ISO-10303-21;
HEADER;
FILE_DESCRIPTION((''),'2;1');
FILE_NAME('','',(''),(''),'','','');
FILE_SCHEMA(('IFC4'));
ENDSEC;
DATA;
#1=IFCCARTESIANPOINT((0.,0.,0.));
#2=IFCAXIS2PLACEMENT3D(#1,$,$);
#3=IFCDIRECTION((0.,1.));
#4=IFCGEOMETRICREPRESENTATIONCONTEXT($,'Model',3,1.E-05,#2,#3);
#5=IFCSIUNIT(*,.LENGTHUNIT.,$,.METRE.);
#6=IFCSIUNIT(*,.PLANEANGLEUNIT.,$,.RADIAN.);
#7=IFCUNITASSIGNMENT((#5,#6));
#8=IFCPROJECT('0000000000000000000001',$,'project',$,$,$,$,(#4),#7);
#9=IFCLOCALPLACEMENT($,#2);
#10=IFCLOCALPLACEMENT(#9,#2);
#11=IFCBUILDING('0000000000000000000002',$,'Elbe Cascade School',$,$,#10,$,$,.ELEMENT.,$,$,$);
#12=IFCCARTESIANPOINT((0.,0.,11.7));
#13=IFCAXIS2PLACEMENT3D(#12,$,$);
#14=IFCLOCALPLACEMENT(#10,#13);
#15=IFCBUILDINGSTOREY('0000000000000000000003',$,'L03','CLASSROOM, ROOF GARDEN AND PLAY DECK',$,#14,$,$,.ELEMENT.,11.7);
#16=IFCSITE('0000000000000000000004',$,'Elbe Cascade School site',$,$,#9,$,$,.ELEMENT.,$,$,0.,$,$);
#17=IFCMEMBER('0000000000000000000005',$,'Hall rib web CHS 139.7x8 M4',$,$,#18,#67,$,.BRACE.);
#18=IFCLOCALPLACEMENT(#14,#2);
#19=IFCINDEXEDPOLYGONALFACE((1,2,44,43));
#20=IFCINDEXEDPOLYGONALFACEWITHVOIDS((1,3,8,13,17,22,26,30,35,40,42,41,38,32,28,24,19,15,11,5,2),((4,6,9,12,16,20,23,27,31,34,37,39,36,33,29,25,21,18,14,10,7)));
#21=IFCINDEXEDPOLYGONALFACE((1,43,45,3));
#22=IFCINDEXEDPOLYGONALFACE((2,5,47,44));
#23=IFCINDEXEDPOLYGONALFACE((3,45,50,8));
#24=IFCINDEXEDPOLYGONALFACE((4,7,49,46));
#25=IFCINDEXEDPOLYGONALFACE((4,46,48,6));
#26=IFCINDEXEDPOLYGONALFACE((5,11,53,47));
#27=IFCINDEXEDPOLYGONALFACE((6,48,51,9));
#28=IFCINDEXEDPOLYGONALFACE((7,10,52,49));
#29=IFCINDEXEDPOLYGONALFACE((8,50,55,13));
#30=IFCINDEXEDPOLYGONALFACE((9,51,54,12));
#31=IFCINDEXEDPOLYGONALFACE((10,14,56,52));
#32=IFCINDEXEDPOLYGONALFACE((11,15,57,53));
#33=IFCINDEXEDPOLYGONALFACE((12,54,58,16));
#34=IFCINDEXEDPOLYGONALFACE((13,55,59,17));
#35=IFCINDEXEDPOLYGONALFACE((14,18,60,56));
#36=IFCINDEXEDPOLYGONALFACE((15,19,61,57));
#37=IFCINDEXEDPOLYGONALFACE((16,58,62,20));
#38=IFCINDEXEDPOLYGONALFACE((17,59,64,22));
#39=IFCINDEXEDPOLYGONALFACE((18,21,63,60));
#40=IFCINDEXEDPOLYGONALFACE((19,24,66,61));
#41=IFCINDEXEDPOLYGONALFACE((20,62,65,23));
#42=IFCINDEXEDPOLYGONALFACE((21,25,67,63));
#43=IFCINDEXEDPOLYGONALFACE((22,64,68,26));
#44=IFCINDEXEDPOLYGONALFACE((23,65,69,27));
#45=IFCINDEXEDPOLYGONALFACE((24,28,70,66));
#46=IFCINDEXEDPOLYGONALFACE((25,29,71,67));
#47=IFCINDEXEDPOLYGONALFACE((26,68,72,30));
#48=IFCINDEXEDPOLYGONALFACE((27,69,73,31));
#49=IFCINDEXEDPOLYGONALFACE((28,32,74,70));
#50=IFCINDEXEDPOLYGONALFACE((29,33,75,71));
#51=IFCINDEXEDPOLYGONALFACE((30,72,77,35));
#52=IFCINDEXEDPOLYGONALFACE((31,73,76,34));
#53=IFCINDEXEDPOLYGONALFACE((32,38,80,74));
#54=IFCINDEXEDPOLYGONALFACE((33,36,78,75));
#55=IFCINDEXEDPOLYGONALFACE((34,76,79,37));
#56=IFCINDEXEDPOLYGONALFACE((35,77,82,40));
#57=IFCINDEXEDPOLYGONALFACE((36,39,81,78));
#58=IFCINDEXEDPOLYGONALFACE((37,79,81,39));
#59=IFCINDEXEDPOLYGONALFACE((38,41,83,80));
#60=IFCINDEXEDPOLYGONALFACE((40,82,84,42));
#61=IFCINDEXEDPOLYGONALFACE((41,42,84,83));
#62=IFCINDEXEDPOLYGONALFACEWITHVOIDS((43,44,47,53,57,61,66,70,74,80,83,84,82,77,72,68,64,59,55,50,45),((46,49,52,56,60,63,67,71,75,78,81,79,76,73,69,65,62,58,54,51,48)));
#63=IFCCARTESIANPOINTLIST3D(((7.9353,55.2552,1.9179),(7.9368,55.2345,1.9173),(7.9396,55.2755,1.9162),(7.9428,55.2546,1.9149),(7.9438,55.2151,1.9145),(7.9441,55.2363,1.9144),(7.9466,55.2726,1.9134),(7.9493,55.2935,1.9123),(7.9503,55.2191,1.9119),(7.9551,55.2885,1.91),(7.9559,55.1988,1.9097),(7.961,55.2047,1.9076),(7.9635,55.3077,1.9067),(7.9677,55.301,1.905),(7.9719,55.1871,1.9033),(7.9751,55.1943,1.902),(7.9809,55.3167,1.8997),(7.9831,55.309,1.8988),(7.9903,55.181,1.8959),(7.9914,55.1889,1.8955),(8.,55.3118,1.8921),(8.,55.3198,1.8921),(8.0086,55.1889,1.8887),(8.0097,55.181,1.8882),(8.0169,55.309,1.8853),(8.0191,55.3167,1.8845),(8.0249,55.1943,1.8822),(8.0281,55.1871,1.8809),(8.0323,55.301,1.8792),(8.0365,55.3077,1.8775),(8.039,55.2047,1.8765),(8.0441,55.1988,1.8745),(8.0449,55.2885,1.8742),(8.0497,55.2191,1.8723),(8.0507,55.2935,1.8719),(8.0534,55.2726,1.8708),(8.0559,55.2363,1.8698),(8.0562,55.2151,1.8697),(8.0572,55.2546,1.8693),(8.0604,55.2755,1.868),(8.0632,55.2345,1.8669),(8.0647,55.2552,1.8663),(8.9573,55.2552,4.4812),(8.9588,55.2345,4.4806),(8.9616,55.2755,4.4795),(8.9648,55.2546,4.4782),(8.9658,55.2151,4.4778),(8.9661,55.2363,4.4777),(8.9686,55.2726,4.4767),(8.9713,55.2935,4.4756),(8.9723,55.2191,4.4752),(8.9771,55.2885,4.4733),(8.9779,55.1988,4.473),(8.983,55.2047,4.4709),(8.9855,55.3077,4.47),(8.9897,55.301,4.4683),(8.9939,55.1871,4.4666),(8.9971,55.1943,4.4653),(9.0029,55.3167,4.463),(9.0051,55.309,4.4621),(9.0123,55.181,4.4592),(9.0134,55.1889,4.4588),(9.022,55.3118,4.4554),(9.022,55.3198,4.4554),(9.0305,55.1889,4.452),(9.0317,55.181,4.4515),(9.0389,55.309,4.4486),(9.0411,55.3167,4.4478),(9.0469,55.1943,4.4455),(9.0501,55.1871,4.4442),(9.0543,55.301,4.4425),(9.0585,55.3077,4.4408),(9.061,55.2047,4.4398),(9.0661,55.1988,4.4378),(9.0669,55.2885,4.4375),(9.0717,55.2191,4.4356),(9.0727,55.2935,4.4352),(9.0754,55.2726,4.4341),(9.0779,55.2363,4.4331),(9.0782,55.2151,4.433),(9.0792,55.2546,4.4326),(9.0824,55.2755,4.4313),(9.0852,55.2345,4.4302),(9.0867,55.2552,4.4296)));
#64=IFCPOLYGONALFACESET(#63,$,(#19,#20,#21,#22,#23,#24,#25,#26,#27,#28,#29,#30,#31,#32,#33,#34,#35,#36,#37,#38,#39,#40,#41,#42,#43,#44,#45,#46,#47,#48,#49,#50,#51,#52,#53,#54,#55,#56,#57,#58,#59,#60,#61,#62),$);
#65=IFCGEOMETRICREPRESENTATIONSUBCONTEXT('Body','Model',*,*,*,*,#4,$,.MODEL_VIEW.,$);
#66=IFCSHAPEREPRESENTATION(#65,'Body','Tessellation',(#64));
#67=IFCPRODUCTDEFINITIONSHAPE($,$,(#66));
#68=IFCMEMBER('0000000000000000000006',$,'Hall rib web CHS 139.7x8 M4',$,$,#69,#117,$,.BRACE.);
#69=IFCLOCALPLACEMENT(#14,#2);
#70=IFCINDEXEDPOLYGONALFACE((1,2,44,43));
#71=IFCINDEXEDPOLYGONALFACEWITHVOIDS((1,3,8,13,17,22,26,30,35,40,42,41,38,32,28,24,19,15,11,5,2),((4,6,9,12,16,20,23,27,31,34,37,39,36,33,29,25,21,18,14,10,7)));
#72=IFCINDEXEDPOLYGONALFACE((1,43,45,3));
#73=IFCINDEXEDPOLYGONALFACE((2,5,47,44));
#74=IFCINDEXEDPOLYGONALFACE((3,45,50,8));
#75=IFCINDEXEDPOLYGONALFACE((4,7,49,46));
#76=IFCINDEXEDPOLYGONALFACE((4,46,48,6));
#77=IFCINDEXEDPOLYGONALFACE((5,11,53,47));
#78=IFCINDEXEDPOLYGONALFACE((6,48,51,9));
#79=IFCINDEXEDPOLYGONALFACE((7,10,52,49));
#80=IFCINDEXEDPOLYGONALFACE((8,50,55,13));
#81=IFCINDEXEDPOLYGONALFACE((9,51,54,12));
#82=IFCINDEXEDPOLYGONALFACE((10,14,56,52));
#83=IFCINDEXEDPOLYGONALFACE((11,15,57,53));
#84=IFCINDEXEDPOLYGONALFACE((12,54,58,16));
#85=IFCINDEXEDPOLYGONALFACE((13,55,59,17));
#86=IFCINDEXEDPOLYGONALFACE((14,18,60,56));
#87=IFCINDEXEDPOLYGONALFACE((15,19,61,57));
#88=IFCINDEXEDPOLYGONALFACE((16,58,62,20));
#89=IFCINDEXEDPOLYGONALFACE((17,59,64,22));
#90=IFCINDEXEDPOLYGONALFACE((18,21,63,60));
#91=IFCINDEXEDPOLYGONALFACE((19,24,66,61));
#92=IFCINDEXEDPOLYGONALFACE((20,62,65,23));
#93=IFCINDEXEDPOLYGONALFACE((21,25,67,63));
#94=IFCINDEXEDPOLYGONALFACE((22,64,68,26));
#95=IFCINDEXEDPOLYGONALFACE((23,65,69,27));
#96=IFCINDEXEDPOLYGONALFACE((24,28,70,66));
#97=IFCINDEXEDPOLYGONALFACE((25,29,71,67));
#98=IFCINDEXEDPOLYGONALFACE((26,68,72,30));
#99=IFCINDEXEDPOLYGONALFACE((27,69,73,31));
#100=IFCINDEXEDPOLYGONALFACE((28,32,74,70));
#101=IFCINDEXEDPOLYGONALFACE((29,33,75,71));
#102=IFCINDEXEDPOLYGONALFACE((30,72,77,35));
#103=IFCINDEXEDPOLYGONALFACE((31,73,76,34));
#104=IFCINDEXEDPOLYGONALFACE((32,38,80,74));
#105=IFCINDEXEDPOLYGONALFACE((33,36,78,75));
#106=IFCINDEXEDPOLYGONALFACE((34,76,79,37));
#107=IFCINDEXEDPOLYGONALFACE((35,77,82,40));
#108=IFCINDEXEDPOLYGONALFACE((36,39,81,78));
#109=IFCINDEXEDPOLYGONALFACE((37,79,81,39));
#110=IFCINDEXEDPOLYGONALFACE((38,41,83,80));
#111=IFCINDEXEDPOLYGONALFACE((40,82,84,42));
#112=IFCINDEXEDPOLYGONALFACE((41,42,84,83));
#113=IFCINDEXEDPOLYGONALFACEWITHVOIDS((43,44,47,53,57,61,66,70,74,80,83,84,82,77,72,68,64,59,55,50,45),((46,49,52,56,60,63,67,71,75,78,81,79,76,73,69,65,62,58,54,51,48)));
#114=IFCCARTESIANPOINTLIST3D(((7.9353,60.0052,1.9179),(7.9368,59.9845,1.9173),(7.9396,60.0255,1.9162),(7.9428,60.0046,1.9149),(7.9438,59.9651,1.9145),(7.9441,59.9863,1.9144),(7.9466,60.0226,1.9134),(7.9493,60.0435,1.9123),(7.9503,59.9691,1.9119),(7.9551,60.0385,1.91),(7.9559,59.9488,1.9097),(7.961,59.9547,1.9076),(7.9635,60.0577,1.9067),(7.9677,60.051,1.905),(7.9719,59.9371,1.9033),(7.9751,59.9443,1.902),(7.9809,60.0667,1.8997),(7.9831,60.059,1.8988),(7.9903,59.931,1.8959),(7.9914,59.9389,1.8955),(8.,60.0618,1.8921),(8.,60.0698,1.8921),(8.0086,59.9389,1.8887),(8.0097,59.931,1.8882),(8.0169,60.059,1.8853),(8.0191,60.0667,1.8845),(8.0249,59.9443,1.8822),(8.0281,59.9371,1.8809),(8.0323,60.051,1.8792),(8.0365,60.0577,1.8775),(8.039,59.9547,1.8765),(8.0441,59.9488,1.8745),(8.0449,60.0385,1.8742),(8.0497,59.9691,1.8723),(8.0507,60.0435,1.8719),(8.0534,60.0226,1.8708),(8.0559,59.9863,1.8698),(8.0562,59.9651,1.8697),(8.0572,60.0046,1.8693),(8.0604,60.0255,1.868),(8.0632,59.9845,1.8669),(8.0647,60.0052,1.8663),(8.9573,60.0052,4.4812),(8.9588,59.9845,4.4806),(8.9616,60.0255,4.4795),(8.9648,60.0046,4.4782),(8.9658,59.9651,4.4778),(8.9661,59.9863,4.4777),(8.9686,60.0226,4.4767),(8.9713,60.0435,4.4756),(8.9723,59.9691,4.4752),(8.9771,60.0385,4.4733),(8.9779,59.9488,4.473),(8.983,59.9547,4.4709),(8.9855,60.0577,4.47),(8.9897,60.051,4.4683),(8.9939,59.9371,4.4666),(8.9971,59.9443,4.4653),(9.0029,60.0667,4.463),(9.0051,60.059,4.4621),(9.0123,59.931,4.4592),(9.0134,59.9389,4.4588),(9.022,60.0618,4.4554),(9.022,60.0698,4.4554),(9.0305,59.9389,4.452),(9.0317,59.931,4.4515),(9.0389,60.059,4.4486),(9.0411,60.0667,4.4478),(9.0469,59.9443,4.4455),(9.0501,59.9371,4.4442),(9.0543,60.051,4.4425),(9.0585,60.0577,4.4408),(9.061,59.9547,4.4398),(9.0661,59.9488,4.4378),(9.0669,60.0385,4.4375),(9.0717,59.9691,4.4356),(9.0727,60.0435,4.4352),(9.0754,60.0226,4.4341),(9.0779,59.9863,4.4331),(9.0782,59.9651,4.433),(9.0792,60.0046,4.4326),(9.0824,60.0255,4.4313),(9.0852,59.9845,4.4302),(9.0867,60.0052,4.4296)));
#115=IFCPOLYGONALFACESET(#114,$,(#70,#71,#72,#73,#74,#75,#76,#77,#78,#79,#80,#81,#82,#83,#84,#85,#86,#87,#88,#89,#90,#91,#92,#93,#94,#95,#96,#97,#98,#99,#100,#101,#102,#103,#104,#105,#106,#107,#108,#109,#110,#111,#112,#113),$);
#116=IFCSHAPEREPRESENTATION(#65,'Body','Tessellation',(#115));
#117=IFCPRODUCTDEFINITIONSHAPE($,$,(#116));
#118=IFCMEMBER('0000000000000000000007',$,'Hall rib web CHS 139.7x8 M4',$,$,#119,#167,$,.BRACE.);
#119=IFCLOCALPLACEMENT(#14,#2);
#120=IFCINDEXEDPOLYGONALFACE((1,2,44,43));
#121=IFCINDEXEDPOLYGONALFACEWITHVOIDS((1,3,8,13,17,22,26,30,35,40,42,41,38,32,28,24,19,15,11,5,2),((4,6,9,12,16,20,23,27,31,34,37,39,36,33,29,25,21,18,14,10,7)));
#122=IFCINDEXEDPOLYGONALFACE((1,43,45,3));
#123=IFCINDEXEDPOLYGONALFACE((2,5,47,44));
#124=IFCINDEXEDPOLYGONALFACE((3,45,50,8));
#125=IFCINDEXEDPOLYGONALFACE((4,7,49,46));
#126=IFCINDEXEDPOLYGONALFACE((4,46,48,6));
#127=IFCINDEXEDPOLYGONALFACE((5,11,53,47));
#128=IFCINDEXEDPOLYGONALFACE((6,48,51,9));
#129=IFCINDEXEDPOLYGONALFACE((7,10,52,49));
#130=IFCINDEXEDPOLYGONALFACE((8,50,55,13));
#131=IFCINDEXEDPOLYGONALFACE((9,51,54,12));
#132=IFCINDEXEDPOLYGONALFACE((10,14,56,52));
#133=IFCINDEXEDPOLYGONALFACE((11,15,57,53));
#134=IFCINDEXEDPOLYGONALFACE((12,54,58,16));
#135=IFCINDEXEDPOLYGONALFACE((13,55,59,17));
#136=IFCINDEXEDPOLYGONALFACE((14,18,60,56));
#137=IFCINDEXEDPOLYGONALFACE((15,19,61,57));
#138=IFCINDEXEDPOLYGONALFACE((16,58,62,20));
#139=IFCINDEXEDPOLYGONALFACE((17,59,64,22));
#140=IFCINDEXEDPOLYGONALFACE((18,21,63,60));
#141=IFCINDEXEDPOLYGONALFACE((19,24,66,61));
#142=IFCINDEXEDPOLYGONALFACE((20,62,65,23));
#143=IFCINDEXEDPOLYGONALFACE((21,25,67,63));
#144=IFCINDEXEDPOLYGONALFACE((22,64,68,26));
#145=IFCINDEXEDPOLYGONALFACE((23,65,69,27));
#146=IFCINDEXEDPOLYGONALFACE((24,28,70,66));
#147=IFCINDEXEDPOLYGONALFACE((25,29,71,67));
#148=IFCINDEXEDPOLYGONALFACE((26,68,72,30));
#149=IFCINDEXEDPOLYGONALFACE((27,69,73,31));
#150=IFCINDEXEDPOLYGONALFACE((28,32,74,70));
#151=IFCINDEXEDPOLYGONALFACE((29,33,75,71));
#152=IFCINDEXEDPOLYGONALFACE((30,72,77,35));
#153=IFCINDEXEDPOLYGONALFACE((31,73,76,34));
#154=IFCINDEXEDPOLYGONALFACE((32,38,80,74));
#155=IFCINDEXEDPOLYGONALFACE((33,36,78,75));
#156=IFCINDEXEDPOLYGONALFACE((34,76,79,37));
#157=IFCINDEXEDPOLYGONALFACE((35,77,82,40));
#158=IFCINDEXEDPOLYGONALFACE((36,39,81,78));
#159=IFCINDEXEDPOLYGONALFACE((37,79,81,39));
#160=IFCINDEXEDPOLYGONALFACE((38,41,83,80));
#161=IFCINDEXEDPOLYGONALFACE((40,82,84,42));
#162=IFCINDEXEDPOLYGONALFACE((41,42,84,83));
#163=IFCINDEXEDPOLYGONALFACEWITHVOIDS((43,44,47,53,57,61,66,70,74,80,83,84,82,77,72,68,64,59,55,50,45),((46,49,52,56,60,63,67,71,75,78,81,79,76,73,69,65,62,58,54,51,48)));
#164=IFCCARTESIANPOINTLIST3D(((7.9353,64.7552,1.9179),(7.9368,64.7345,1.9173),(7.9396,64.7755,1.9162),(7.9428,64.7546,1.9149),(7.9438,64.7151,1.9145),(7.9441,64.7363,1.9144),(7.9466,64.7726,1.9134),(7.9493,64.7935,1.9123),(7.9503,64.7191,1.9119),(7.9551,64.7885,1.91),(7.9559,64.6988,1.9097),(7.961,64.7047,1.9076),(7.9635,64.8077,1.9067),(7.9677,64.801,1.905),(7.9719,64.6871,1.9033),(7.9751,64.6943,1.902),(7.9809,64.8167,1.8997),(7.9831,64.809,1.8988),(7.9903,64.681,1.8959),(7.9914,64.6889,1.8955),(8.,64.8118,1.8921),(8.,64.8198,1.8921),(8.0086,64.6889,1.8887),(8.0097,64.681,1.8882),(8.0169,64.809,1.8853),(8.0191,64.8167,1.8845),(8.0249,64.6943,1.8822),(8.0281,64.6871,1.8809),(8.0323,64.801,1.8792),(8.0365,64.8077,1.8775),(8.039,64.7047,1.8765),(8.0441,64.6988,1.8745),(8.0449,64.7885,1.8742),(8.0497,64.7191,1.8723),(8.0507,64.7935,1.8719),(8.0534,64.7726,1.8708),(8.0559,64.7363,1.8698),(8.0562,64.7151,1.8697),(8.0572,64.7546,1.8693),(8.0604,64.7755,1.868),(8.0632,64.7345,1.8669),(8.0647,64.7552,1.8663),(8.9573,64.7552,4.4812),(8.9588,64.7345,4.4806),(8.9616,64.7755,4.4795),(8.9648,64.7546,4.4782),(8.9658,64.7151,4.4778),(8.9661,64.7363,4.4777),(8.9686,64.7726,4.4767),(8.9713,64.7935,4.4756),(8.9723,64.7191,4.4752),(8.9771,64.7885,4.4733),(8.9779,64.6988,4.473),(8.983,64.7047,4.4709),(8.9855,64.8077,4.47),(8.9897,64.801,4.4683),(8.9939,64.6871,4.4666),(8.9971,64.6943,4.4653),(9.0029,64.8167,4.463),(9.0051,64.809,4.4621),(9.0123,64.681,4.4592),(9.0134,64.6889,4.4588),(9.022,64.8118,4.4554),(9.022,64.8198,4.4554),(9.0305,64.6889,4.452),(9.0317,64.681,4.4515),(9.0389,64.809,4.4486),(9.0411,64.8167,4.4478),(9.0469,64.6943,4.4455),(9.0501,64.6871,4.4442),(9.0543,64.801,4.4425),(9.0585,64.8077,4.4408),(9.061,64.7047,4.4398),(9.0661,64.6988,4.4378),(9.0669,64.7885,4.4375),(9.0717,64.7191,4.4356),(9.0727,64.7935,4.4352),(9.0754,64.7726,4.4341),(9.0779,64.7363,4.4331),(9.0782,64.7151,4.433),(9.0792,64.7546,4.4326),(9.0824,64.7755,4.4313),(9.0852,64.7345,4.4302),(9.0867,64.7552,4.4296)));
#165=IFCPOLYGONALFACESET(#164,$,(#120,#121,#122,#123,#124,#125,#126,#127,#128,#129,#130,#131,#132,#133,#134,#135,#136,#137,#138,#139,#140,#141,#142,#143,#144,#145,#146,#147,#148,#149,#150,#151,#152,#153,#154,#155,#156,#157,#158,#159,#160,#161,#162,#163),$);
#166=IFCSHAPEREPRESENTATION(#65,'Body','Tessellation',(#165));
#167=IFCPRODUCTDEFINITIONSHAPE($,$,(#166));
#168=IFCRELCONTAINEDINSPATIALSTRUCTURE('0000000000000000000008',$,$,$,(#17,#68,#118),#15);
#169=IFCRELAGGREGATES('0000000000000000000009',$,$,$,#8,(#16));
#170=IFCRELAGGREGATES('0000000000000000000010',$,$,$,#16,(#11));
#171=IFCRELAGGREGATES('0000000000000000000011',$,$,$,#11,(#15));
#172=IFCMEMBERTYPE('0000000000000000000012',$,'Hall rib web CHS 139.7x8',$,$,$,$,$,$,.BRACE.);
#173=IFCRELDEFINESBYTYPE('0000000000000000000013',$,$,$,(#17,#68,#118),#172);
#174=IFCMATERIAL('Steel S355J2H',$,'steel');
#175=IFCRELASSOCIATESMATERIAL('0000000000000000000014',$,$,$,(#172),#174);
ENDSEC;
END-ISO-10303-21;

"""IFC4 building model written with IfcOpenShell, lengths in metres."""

from ifc_helpers import new_model, si_unit, direction, frame, origin, origin_2d, place, context, subcontext, project, spatial, hollow_circle, extrude, material, material_profile, profile_set, type_object, element, save


model = new_model("IFC4")

# Units and contexts
model_context = context("Model", 3, precision=1e-05, world=origin(), true_north=direction((0.0, 1.0)))
body_context = subcontext(model_context, "Body", "Model", "MODEL_VIEW")
ifc_project = project(units=[si_unit("LENGTHUNIT", "METRE"), si_unit("PLANEANGLEUNIT", "RADIAN")], contexts=[model_context])

# Site, building, storey
site_placement = place(None, origin())
site = spatial("IfcSite", under=ifc_project, at=site_placement, Name="Elbe Cascade School site", CompositionType="ELEMENT", RefElevation=0.0)
building_placement = place(site_placement, origin())
building = spatial("IfcBuilding", under=site, at=building_placement, Name="Elbe Cascade School", CompositionType="ELEMENT")
storey_placement = place(building_placement, frame((0.0, 0.0, 11.7)))
storey = spatial("IfcBuildingStorey", under=building, at=storey_placement, Name="L03", Description="CLASSROOM, ROOF GARDEN AND PLAY DECK", CompositionType="ELEMENT", Elevation=11.7)

# Members
ifc_material_1 = material(Name="Steel S355J2H", Category="steel")
ifc_material_profile_1 = material_profile(ifc_material_1, hollow_circle(Radius=0.0698, WallThickness=0.0081, at=origin_2d()), Name="CHS 139.7x8")
ifc_profile_set_1 = profile_set([ifc_material_profile_1], Name="Steel S355J2H")
member_type_1 = type_object("IfcMemberType", Name="Hall rib web CHS 139.7x8", PredefinedType="BRACE", material=ifc_profile_set_1)
for number, where, z_axis, x_axis, name in (
    (1, (8.0, 55.25, 1.8921), (0.370353, 0.0, 0.928891), (0.0, 1.0, 0.0), "Hall rib web CHS 139.7x8 M4"),
    (2, (8.0, 60.0, 1.8921), (0.370353, 0.0, 0.928891), (0.0, 1.0, 0.0), "Hall rib web CHS 139.7x8 M4"),
    (3, (8.0, 64.75, 1.8921), (0.370353, 0.0, 0.928891), (0.0, 1.0, 0.0), "Hall rib web CHS 139.7x8 M4"),
):
    element("IfcMember", number, at=place(storey_placement, frame(where, z_axis=z_axis, x_axis=x_axis)), inside=storey, type_object=member_type_1, Name=name, PredefinedType="BRACE", context=body_context, shape_type="SweptSolid", body=[
        extrude(hollow_circle(Radius=0.0698, WallThickness=0.0081, at=origin_2d()), origin(), (0.0, 0.0, 1.0), 2.7595),
    ])

save(model, "model.ifc")
